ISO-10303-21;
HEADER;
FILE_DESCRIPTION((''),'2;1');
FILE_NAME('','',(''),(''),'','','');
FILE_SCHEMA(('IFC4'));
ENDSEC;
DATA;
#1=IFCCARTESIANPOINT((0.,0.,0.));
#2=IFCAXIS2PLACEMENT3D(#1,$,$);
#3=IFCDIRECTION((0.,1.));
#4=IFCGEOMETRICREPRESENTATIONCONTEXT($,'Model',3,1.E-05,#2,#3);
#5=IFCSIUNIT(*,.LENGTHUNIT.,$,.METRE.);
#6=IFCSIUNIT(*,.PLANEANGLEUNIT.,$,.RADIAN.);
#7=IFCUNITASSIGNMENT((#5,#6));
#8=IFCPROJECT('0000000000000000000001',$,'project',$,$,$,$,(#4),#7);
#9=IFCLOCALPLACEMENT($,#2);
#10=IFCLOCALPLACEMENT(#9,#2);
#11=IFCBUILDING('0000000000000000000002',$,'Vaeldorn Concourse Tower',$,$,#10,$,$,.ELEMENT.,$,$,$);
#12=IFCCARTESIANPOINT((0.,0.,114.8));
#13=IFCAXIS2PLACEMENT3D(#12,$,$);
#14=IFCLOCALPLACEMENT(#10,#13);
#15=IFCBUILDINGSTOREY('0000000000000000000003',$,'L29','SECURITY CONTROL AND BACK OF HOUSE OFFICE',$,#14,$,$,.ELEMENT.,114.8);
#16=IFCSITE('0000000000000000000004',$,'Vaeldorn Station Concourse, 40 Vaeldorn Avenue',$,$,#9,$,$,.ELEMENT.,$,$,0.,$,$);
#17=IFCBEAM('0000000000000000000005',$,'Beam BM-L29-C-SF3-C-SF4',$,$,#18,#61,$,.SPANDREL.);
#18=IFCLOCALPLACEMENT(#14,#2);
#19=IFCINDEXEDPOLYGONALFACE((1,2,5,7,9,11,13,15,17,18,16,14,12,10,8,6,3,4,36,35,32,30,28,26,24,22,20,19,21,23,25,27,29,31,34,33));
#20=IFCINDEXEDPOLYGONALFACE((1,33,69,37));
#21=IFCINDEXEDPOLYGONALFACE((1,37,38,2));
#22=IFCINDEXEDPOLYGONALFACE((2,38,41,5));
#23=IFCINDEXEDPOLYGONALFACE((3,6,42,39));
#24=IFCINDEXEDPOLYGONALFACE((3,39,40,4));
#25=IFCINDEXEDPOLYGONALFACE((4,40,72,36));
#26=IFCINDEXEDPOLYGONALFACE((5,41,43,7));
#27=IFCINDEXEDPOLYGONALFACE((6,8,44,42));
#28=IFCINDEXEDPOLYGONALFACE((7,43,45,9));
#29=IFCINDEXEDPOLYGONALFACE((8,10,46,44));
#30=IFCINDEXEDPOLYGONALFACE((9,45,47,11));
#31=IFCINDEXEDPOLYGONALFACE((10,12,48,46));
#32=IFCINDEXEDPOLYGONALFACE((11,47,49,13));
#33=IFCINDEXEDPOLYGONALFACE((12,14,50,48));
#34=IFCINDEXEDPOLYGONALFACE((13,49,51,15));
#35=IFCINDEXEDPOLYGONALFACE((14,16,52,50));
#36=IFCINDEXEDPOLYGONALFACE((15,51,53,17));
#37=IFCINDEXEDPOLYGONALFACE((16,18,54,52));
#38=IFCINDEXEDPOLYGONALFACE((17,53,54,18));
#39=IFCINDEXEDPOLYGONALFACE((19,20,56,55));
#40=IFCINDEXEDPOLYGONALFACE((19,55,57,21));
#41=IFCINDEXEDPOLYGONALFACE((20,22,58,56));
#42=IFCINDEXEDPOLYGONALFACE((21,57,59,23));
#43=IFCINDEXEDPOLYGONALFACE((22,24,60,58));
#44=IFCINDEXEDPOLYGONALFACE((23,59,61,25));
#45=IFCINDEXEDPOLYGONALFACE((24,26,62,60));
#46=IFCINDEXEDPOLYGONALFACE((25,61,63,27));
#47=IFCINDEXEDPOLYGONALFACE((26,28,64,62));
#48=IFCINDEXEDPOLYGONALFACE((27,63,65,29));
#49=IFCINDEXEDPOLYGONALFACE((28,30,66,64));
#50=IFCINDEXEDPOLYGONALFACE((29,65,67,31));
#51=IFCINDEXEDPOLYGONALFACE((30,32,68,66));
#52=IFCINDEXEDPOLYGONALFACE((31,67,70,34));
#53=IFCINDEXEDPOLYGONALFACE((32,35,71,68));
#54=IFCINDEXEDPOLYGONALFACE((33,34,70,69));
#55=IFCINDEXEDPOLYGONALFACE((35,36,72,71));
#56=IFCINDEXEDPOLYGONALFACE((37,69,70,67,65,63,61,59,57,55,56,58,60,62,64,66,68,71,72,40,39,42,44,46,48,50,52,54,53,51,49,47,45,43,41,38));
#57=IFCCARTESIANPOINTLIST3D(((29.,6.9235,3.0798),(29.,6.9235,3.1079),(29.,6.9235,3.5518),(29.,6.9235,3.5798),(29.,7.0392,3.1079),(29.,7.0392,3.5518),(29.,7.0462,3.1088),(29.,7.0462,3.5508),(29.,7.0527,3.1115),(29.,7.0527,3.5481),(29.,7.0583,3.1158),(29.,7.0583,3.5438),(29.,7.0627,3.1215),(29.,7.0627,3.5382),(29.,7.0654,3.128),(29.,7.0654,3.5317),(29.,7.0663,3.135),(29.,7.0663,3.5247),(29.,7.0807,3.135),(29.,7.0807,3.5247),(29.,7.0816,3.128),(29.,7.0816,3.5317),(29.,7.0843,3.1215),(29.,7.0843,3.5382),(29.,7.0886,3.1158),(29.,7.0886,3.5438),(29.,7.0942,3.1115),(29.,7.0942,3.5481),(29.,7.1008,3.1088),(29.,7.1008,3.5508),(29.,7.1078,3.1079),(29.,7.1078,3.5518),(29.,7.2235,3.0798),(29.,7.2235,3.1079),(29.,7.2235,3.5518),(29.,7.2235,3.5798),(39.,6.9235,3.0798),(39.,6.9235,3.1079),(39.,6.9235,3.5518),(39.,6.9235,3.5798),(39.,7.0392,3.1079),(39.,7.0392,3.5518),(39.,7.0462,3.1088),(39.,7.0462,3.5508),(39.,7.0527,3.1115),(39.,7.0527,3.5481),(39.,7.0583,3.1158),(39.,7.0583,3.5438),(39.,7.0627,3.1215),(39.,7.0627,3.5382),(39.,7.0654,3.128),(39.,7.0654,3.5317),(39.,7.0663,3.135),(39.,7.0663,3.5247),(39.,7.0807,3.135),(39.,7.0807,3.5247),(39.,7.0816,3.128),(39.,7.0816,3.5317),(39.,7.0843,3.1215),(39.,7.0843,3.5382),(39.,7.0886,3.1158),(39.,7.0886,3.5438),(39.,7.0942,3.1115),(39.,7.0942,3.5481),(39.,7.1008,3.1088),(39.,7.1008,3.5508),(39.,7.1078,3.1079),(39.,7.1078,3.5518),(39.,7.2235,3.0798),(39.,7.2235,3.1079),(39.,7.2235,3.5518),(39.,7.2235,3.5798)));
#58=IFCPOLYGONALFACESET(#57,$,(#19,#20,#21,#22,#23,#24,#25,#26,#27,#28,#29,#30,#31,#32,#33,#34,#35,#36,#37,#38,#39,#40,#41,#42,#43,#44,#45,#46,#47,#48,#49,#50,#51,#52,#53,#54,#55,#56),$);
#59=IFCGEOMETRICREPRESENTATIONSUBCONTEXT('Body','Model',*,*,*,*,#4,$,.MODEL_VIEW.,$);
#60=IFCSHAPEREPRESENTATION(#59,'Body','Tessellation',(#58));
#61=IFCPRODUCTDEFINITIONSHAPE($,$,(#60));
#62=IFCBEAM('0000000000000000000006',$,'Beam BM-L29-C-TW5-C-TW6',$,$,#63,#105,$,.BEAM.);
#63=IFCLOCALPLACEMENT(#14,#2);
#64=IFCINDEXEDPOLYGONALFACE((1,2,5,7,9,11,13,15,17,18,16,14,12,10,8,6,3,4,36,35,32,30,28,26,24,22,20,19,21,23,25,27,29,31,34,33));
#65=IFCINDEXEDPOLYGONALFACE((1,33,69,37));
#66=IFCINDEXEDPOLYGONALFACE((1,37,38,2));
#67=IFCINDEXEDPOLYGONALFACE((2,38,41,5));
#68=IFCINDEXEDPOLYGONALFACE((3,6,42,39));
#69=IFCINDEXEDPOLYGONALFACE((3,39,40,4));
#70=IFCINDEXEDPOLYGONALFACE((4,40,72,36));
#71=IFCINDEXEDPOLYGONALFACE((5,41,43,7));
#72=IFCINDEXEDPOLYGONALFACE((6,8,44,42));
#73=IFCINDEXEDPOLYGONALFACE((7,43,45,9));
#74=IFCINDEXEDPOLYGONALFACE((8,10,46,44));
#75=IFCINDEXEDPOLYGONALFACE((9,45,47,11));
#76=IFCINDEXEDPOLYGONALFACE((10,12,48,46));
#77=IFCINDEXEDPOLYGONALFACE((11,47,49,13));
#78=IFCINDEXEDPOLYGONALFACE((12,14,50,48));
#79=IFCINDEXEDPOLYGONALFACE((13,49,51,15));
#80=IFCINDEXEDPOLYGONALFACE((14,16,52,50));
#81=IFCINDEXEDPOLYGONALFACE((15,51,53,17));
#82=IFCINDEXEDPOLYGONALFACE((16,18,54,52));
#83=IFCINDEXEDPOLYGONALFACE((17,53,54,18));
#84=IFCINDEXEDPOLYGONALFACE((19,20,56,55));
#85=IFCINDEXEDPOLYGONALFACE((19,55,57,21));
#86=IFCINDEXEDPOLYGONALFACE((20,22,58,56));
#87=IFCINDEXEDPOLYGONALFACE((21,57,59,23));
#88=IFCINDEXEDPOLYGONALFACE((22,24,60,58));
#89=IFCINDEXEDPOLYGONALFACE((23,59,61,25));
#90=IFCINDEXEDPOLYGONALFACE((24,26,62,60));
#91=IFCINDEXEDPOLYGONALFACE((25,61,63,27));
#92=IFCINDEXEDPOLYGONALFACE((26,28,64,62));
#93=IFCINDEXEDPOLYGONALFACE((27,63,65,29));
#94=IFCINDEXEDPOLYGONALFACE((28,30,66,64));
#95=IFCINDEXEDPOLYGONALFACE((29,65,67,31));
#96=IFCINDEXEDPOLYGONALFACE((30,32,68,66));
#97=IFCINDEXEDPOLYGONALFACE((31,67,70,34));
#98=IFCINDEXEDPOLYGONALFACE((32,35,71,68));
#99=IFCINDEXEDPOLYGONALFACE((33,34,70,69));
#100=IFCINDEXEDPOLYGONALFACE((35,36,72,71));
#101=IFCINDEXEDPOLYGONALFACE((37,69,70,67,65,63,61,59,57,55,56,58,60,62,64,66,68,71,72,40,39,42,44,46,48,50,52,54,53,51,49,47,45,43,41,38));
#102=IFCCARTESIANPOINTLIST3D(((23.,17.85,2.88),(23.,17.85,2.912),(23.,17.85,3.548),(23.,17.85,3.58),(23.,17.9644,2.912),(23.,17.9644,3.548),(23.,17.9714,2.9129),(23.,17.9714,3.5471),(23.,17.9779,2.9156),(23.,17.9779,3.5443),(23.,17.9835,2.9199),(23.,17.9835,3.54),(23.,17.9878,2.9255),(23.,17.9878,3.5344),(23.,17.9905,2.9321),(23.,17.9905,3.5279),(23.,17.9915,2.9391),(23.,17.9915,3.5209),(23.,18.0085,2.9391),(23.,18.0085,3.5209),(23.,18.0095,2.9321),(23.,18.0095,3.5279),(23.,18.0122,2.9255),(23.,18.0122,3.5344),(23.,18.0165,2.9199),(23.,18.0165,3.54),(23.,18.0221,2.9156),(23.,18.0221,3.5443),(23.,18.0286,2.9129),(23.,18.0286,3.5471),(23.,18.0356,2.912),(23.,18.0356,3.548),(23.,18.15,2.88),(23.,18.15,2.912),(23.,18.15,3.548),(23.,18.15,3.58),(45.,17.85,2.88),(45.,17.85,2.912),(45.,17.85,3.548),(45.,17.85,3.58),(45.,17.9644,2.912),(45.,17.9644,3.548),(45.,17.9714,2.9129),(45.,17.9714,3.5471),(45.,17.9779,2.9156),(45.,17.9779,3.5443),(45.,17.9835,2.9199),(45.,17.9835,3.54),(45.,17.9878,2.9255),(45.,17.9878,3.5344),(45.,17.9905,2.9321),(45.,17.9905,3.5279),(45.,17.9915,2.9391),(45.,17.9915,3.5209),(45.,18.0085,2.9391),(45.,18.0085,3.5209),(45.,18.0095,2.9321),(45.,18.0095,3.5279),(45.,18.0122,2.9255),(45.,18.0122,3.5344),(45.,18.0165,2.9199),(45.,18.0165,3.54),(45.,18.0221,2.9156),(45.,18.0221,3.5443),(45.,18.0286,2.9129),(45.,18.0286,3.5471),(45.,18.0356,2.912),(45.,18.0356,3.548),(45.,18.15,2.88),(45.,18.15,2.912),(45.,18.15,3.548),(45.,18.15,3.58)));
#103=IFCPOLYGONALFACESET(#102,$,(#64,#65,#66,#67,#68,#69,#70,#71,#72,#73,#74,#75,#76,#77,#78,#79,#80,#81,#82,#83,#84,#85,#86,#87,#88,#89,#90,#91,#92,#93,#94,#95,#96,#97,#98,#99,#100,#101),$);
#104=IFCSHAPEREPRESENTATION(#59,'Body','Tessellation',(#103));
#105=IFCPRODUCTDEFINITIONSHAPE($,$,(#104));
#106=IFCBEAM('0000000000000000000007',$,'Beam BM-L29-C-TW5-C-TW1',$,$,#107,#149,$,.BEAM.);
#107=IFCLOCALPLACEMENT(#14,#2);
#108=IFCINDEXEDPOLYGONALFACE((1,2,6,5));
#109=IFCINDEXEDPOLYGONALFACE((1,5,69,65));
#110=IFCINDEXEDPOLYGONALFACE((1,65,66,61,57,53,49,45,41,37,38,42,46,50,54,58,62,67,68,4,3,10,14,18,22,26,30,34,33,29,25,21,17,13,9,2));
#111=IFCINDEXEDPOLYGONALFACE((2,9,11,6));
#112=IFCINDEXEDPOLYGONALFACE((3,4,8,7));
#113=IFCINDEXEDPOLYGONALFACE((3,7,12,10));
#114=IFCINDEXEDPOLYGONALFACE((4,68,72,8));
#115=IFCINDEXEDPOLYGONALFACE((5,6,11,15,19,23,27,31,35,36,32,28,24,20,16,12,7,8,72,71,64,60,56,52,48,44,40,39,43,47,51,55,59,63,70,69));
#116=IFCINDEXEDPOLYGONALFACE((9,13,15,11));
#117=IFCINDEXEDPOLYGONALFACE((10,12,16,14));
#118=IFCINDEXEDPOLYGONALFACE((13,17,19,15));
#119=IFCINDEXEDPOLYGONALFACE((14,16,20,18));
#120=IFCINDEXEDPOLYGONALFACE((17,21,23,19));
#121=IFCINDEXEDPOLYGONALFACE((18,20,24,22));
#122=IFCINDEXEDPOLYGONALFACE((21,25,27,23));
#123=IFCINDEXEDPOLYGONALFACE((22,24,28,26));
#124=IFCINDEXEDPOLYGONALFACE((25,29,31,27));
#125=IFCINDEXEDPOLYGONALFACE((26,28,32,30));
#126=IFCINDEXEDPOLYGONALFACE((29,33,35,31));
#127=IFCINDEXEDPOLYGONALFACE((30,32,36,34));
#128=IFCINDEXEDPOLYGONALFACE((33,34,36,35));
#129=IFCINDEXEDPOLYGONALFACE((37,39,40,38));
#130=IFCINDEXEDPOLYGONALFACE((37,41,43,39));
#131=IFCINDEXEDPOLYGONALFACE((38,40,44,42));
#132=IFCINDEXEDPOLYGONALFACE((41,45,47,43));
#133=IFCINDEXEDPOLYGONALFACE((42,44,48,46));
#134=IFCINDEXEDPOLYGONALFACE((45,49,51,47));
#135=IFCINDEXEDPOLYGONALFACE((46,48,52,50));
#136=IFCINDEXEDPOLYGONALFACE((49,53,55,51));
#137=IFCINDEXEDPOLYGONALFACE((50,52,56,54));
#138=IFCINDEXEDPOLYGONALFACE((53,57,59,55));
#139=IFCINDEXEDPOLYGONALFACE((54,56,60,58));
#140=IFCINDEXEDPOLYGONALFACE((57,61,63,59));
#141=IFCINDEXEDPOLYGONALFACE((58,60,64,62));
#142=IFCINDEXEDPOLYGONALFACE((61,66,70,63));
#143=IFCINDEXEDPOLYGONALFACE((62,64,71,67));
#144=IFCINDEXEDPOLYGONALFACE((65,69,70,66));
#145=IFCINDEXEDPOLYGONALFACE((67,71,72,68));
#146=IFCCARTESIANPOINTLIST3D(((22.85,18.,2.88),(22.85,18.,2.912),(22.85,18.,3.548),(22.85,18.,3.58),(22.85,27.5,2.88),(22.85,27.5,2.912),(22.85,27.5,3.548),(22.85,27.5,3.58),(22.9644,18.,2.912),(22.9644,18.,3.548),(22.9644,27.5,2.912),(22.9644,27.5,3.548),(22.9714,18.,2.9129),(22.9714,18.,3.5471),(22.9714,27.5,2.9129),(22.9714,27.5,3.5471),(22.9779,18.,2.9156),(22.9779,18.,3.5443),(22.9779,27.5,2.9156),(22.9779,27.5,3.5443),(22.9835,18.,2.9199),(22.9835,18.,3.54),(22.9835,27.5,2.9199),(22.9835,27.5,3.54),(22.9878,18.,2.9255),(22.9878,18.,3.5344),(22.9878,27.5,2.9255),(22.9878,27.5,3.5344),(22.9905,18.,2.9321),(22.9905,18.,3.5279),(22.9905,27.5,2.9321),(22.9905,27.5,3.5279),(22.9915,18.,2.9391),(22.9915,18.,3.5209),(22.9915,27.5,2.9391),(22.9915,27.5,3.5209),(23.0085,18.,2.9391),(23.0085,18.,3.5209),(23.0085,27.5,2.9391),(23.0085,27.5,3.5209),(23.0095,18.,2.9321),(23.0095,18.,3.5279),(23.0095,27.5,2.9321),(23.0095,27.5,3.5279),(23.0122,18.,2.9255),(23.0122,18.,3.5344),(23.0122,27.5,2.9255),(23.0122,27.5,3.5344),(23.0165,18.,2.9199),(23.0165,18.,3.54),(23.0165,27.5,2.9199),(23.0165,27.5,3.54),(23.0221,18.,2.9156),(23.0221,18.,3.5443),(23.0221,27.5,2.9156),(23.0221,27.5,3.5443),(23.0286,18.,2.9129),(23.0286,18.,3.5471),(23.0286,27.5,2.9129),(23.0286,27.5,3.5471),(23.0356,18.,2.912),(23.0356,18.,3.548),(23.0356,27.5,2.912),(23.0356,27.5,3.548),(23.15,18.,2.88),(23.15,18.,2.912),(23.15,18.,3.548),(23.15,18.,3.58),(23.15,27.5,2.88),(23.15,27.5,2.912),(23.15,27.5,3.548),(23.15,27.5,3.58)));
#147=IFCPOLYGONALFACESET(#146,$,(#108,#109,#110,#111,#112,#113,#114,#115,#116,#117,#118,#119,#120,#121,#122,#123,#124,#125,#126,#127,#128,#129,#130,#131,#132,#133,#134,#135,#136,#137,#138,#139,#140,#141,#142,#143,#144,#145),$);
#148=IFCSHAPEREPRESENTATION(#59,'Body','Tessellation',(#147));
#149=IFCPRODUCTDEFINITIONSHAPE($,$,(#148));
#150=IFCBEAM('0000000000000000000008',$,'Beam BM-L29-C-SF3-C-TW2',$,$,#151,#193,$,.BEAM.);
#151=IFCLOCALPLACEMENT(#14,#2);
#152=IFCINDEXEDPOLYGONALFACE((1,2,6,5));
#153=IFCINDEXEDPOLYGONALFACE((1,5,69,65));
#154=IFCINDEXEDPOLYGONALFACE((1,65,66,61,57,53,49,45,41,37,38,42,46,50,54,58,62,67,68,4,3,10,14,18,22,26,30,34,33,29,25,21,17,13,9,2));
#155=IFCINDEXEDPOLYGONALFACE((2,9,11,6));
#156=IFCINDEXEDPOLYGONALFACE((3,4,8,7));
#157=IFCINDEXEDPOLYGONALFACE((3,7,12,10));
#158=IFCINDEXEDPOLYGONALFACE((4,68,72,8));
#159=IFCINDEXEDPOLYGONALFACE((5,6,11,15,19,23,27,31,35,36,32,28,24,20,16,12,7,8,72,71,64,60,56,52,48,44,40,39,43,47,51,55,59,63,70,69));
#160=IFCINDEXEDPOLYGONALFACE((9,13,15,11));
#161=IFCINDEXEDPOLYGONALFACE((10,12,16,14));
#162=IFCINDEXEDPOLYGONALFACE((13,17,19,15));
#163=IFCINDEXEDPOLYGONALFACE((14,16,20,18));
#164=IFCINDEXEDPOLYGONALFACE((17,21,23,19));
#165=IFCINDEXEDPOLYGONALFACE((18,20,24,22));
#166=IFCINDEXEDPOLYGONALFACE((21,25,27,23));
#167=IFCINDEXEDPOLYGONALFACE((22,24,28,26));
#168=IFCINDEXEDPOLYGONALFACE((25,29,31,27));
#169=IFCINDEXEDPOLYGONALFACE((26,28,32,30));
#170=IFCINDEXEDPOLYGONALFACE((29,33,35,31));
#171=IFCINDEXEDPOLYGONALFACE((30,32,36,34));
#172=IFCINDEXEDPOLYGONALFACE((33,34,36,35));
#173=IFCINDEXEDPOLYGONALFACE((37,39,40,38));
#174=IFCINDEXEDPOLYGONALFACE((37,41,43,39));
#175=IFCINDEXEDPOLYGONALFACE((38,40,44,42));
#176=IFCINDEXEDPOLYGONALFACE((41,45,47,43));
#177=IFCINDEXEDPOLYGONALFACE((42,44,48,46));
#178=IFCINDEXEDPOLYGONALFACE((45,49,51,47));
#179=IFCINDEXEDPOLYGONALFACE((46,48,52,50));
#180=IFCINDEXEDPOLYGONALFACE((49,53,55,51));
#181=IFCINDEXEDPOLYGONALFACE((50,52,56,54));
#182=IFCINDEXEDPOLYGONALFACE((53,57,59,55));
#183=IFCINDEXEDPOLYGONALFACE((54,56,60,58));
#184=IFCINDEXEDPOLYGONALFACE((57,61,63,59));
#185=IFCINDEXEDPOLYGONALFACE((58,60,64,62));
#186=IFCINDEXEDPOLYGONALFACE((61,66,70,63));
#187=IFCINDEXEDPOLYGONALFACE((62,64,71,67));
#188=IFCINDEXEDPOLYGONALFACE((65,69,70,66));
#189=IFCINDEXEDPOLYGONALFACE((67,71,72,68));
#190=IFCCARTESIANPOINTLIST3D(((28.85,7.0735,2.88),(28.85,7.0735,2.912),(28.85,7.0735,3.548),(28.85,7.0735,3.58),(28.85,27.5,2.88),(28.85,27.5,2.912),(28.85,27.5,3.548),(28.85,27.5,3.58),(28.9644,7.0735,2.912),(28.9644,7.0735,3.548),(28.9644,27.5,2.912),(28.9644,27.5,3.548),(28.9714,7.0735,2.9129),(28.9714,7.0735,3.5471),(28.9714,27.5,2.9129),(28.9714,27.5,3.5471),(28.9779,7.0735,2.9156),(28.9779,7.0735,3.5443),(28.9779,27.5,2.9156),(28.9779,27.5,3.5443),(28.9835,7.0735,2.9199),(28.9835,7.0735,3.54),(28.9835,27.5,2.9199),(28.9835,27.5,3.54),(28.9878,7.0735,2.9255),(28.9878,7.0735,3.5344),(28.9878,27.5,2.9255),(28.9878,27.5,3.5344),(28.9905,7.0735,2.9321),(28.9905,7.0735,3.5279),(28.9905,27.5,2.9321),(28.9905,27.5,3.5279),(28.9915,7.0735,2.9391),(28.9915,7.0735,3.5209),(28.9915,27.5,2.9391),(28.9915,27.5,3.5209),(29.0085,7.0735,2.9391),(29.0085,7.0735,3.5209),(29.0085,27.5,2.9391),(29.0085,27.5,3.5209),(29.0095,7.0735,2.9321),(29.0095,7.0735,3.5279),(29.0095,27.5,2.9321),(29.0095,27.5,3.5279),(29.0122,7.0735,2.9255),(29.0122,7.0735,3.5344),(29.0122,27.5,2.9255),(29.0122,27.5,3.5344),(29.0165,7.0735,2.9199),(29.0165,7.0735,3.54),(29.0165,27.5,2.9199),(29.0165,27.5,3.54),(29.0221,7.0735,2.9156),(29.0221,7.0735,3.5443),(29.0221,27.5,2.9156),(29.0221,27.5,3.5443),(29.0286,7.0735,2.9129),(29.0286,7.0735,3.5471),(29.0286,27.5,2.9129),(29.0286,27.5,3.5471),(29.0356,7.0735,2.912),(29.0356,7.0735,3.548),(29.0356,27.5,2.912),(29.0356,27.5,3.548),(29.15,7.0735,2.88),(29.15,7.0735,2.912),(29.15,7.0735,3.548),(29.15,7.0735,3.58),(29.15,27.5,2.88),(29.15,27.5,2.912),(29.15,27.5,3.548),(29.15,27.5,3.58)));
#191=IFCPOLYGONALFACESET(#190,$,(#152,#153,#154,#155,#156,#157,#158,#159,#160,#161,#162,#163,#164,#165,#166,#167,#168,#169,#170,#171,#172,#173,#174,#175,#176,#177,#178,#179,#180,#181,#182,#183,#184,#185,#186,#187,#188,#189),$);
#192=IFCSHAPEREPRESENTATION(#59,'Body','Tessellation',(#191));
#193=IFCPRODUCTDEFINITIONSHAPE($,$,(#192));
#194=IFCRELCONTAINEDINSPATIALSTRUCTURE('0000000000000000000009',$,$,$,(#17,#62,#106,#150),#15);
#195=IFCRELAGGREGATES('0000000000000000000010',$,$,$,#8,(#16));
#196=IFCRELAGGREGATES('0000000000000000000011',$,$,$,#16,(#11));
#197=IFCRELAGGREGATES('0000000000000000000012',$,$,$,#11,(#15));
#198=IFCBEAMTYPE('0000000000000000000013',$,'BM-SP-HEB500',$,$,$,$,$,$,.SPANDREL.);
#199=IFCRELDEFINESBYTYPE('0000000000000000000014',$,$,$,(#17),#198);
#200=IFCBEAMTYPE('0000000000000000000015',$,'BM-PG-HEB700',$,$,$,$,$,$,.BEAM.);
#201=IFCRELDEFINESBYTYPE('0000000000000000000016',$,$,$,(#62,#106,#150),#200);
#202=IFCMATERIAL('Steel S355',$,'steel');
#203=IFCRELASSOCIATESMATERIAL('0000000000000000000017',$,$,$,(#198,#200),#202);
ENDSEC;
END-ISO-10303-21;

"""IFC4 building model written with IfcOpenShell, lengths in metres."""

from ifc_helpers import new_model, si_unit, direction, frame, origin, origin_2d, place, context, subcontext, project, spatial, i_section, extrude, source, transform, mapped, material, material_profile, profile_set, type_object, element, save


model = new_model("IFC4")

# Units and contexts
model_context = context("Model", 3, precision=1e-05, world=origin(), true_north=direction((0.0, 1.0)))
body_context = subcontext(model_context, "Body", "Model", "MODEL_VIEW")
ifc_project = project(units=[si_unit("LENGTHUNIT", "METRE"), si_unit("PLANEANGLEUNIT", "RADIAN")], contexts=[model_context])

# Site, building, storey
site_placement = place(None, origin())
site = spatial("IfcSite", under=ifc_project, at=site_placement, Name="Vaeldorn Station Concourse, 40 Vaeldorn Avenue", CompositionType="ELEMENT", RefElevation=0.0)
building_placement = place(site_placement, origin())
building = spatial("IfcBuilding", under=site, at=building_placement, Name="Vaeldorn Concourse Tower", CompositionType="ELEMENT")
storey_placement = place(building_placement, frame((0.0, 0.0, 114.8)))
storey = spatial("IfcBuildingStorey", under=building, at=storey_placement, Name="L29", Description="SECURITY CONTROL AND BACK OF HOUSE OFFICE", CompositionType="ELEMENT", Elevation=114.8)

# Beams
ifc_material_1 = material(Name="Steel S355", Category="steel")
ifc_material_profile_1 = material_profile(ifc_material_1, i_section(OverallWidth=0.3, OverallDepth=0.5, WebThickness=0.0144, FlangeThickness=0.0281, FilletRadius=0.0271, at=origin_2d()), Name="HEB 500")
ifc_profile_set_1 = profile_set([ifc_material_profile_1], Name="Steel S355")
beam_type_1 = type_object("IfcBeamType", Name="BM-SP-HEB500", PredefinedType="SPANDREL", material=ifc_profile_set_1)
shared_shape_1 = source(origin(), body_context, "Body", "SweptSolid", [
    extrude(i_section(OverallWidth=0.3, OverallDepth=0.5, WebThickness=0.0144, FlangeThickness=0.0281, FilletRadius=0.0271, at=origin_2d()), origin(), (0.0, 0.0, 1.0), 10.0),
])
beam_1_placement = place(storey_placement, frame((29.0, 7.0735, 3.3298), z_axis=(1.0, 0.0, 0.0), x_axis=(0.0, 1.0, 0.0)))
element("IfcBeam", 1, at=beam_1_placement, inside=storey, type_object=beam_type_1, Name="Beam BM-L29-C-SF3-C-SF4", PredefinedType="SPANDREL", context=body_context, shape_type="MappedRepresentation", body=[
    mapped(shared_shape_1, transform((0.0, 0.0, 0.0), scale=1.0)),
])
ifc_material_profile_2 = material_profile(ifc_material_1, i_section(OverallWidth=0.3, OverallDepth=0.7, WebThickness=0.0171, FlangeThickness=0.032, FilletRadius=0.0271, at=origin_2d()), Name="HEB 700")
ifc_profile_set_2 = profile_set([ifc_material_profile_2], Name="Steel S355")
beam_type_2 = type_object("IfcBeamType", Name="BM-PG-HEB700", PredefinedType="BEAM", material=ifc_profile_set_2)
shared_shape_2 = source(origin(), body_context, "Body", "SweptSolid", [
    extrude(i_section(OverallWidth=0.3, OverallDepth=0.7, WebThickness=0.0171, FlangeThickness=0.032, FilletRadius=0.0271, at=origin_2d()), origin(), (0.0, 0.0, 1.0), 22.0),
])
beam_2_placement = place(storey_placement, frame((23.0, 18.0, 3.23), z_axis=(1.0, 0.0, 0.0), x_axis=(0.0, 1.0, 0.0)))
element("IfcBeam", 2, at=beam_2_placement, inside=storey, type_object=beam_type_2, Name="Beam BM-L29-C-TW5-C-TW6", PredefinedType="BEAM", context=body_context, shape_type="MappedRepresentation", body=[
    mapped(shared_shape_2, transform((0.0, 0.0, 0.0), scale=1.0)),
])
shared_shape_3 = source(origin(), body_context, "Body", "SweptSolid", [
    extrude(i_section(OverallWidth=0.3, OverallDepth=0.7, WebThickness=0.0171, FlangeThickness=0.032, FilletRadius=0.0271, at=origin_2d()), origin(), (0.0, 0.0, 1.0), 9.5),
])
beam_3_placement = place(storey_placement, frame((23.0, 18.0, 3.23), z_axis=(0.0, 1.0, 0.0), x_axis=(-1.0, 0.0, 0.0)))
element("IfcBeam", 3, at=beam_3_placement, inside=storey, type_object=beam_type_2, Name="Beam BM-L29-C-TW5-C-TW1", PredefinedType="BEAM", context=body_context, shape_type="MappedRepresentation", body=[
    mapped(shared_shape_3, transform((0.0, 0.0, 0.0), scale=1.0)),
])
shared_shape_4 = source(origin(), body_context, "Body", "SweptSolid", [
    extrude(i_section(OverallWidth=0.3, OverallDepth=0.7, WebThickness=0.0171, FlangeThickness=0.032, FilletRadius=0.0271, at=origin_2d()), origin(), (0.0, 0.0, 1.0), 20.4265),
])
beam_4_placement = place(storey_placement, frame((29.0, 7.0735, 3.23), z_axis=(0.0, 1.0, 0.0), x_axis=(-1.0, 0.0, 0.0)))
element("IfcBeam", 4, at=beam_4_placement, inside=storey, type_object=beam_type_2, Name="Beam BM-L29-C-SF3-C-TW2", PredefinedType="BEAM", context=body_context, shape_type="MappedRepresentation", body=[
    mapped(shared_shape_4, transform((0.0, 0.0, 0.0), scale=1.0)),
])

save(model, "model.ifc")
